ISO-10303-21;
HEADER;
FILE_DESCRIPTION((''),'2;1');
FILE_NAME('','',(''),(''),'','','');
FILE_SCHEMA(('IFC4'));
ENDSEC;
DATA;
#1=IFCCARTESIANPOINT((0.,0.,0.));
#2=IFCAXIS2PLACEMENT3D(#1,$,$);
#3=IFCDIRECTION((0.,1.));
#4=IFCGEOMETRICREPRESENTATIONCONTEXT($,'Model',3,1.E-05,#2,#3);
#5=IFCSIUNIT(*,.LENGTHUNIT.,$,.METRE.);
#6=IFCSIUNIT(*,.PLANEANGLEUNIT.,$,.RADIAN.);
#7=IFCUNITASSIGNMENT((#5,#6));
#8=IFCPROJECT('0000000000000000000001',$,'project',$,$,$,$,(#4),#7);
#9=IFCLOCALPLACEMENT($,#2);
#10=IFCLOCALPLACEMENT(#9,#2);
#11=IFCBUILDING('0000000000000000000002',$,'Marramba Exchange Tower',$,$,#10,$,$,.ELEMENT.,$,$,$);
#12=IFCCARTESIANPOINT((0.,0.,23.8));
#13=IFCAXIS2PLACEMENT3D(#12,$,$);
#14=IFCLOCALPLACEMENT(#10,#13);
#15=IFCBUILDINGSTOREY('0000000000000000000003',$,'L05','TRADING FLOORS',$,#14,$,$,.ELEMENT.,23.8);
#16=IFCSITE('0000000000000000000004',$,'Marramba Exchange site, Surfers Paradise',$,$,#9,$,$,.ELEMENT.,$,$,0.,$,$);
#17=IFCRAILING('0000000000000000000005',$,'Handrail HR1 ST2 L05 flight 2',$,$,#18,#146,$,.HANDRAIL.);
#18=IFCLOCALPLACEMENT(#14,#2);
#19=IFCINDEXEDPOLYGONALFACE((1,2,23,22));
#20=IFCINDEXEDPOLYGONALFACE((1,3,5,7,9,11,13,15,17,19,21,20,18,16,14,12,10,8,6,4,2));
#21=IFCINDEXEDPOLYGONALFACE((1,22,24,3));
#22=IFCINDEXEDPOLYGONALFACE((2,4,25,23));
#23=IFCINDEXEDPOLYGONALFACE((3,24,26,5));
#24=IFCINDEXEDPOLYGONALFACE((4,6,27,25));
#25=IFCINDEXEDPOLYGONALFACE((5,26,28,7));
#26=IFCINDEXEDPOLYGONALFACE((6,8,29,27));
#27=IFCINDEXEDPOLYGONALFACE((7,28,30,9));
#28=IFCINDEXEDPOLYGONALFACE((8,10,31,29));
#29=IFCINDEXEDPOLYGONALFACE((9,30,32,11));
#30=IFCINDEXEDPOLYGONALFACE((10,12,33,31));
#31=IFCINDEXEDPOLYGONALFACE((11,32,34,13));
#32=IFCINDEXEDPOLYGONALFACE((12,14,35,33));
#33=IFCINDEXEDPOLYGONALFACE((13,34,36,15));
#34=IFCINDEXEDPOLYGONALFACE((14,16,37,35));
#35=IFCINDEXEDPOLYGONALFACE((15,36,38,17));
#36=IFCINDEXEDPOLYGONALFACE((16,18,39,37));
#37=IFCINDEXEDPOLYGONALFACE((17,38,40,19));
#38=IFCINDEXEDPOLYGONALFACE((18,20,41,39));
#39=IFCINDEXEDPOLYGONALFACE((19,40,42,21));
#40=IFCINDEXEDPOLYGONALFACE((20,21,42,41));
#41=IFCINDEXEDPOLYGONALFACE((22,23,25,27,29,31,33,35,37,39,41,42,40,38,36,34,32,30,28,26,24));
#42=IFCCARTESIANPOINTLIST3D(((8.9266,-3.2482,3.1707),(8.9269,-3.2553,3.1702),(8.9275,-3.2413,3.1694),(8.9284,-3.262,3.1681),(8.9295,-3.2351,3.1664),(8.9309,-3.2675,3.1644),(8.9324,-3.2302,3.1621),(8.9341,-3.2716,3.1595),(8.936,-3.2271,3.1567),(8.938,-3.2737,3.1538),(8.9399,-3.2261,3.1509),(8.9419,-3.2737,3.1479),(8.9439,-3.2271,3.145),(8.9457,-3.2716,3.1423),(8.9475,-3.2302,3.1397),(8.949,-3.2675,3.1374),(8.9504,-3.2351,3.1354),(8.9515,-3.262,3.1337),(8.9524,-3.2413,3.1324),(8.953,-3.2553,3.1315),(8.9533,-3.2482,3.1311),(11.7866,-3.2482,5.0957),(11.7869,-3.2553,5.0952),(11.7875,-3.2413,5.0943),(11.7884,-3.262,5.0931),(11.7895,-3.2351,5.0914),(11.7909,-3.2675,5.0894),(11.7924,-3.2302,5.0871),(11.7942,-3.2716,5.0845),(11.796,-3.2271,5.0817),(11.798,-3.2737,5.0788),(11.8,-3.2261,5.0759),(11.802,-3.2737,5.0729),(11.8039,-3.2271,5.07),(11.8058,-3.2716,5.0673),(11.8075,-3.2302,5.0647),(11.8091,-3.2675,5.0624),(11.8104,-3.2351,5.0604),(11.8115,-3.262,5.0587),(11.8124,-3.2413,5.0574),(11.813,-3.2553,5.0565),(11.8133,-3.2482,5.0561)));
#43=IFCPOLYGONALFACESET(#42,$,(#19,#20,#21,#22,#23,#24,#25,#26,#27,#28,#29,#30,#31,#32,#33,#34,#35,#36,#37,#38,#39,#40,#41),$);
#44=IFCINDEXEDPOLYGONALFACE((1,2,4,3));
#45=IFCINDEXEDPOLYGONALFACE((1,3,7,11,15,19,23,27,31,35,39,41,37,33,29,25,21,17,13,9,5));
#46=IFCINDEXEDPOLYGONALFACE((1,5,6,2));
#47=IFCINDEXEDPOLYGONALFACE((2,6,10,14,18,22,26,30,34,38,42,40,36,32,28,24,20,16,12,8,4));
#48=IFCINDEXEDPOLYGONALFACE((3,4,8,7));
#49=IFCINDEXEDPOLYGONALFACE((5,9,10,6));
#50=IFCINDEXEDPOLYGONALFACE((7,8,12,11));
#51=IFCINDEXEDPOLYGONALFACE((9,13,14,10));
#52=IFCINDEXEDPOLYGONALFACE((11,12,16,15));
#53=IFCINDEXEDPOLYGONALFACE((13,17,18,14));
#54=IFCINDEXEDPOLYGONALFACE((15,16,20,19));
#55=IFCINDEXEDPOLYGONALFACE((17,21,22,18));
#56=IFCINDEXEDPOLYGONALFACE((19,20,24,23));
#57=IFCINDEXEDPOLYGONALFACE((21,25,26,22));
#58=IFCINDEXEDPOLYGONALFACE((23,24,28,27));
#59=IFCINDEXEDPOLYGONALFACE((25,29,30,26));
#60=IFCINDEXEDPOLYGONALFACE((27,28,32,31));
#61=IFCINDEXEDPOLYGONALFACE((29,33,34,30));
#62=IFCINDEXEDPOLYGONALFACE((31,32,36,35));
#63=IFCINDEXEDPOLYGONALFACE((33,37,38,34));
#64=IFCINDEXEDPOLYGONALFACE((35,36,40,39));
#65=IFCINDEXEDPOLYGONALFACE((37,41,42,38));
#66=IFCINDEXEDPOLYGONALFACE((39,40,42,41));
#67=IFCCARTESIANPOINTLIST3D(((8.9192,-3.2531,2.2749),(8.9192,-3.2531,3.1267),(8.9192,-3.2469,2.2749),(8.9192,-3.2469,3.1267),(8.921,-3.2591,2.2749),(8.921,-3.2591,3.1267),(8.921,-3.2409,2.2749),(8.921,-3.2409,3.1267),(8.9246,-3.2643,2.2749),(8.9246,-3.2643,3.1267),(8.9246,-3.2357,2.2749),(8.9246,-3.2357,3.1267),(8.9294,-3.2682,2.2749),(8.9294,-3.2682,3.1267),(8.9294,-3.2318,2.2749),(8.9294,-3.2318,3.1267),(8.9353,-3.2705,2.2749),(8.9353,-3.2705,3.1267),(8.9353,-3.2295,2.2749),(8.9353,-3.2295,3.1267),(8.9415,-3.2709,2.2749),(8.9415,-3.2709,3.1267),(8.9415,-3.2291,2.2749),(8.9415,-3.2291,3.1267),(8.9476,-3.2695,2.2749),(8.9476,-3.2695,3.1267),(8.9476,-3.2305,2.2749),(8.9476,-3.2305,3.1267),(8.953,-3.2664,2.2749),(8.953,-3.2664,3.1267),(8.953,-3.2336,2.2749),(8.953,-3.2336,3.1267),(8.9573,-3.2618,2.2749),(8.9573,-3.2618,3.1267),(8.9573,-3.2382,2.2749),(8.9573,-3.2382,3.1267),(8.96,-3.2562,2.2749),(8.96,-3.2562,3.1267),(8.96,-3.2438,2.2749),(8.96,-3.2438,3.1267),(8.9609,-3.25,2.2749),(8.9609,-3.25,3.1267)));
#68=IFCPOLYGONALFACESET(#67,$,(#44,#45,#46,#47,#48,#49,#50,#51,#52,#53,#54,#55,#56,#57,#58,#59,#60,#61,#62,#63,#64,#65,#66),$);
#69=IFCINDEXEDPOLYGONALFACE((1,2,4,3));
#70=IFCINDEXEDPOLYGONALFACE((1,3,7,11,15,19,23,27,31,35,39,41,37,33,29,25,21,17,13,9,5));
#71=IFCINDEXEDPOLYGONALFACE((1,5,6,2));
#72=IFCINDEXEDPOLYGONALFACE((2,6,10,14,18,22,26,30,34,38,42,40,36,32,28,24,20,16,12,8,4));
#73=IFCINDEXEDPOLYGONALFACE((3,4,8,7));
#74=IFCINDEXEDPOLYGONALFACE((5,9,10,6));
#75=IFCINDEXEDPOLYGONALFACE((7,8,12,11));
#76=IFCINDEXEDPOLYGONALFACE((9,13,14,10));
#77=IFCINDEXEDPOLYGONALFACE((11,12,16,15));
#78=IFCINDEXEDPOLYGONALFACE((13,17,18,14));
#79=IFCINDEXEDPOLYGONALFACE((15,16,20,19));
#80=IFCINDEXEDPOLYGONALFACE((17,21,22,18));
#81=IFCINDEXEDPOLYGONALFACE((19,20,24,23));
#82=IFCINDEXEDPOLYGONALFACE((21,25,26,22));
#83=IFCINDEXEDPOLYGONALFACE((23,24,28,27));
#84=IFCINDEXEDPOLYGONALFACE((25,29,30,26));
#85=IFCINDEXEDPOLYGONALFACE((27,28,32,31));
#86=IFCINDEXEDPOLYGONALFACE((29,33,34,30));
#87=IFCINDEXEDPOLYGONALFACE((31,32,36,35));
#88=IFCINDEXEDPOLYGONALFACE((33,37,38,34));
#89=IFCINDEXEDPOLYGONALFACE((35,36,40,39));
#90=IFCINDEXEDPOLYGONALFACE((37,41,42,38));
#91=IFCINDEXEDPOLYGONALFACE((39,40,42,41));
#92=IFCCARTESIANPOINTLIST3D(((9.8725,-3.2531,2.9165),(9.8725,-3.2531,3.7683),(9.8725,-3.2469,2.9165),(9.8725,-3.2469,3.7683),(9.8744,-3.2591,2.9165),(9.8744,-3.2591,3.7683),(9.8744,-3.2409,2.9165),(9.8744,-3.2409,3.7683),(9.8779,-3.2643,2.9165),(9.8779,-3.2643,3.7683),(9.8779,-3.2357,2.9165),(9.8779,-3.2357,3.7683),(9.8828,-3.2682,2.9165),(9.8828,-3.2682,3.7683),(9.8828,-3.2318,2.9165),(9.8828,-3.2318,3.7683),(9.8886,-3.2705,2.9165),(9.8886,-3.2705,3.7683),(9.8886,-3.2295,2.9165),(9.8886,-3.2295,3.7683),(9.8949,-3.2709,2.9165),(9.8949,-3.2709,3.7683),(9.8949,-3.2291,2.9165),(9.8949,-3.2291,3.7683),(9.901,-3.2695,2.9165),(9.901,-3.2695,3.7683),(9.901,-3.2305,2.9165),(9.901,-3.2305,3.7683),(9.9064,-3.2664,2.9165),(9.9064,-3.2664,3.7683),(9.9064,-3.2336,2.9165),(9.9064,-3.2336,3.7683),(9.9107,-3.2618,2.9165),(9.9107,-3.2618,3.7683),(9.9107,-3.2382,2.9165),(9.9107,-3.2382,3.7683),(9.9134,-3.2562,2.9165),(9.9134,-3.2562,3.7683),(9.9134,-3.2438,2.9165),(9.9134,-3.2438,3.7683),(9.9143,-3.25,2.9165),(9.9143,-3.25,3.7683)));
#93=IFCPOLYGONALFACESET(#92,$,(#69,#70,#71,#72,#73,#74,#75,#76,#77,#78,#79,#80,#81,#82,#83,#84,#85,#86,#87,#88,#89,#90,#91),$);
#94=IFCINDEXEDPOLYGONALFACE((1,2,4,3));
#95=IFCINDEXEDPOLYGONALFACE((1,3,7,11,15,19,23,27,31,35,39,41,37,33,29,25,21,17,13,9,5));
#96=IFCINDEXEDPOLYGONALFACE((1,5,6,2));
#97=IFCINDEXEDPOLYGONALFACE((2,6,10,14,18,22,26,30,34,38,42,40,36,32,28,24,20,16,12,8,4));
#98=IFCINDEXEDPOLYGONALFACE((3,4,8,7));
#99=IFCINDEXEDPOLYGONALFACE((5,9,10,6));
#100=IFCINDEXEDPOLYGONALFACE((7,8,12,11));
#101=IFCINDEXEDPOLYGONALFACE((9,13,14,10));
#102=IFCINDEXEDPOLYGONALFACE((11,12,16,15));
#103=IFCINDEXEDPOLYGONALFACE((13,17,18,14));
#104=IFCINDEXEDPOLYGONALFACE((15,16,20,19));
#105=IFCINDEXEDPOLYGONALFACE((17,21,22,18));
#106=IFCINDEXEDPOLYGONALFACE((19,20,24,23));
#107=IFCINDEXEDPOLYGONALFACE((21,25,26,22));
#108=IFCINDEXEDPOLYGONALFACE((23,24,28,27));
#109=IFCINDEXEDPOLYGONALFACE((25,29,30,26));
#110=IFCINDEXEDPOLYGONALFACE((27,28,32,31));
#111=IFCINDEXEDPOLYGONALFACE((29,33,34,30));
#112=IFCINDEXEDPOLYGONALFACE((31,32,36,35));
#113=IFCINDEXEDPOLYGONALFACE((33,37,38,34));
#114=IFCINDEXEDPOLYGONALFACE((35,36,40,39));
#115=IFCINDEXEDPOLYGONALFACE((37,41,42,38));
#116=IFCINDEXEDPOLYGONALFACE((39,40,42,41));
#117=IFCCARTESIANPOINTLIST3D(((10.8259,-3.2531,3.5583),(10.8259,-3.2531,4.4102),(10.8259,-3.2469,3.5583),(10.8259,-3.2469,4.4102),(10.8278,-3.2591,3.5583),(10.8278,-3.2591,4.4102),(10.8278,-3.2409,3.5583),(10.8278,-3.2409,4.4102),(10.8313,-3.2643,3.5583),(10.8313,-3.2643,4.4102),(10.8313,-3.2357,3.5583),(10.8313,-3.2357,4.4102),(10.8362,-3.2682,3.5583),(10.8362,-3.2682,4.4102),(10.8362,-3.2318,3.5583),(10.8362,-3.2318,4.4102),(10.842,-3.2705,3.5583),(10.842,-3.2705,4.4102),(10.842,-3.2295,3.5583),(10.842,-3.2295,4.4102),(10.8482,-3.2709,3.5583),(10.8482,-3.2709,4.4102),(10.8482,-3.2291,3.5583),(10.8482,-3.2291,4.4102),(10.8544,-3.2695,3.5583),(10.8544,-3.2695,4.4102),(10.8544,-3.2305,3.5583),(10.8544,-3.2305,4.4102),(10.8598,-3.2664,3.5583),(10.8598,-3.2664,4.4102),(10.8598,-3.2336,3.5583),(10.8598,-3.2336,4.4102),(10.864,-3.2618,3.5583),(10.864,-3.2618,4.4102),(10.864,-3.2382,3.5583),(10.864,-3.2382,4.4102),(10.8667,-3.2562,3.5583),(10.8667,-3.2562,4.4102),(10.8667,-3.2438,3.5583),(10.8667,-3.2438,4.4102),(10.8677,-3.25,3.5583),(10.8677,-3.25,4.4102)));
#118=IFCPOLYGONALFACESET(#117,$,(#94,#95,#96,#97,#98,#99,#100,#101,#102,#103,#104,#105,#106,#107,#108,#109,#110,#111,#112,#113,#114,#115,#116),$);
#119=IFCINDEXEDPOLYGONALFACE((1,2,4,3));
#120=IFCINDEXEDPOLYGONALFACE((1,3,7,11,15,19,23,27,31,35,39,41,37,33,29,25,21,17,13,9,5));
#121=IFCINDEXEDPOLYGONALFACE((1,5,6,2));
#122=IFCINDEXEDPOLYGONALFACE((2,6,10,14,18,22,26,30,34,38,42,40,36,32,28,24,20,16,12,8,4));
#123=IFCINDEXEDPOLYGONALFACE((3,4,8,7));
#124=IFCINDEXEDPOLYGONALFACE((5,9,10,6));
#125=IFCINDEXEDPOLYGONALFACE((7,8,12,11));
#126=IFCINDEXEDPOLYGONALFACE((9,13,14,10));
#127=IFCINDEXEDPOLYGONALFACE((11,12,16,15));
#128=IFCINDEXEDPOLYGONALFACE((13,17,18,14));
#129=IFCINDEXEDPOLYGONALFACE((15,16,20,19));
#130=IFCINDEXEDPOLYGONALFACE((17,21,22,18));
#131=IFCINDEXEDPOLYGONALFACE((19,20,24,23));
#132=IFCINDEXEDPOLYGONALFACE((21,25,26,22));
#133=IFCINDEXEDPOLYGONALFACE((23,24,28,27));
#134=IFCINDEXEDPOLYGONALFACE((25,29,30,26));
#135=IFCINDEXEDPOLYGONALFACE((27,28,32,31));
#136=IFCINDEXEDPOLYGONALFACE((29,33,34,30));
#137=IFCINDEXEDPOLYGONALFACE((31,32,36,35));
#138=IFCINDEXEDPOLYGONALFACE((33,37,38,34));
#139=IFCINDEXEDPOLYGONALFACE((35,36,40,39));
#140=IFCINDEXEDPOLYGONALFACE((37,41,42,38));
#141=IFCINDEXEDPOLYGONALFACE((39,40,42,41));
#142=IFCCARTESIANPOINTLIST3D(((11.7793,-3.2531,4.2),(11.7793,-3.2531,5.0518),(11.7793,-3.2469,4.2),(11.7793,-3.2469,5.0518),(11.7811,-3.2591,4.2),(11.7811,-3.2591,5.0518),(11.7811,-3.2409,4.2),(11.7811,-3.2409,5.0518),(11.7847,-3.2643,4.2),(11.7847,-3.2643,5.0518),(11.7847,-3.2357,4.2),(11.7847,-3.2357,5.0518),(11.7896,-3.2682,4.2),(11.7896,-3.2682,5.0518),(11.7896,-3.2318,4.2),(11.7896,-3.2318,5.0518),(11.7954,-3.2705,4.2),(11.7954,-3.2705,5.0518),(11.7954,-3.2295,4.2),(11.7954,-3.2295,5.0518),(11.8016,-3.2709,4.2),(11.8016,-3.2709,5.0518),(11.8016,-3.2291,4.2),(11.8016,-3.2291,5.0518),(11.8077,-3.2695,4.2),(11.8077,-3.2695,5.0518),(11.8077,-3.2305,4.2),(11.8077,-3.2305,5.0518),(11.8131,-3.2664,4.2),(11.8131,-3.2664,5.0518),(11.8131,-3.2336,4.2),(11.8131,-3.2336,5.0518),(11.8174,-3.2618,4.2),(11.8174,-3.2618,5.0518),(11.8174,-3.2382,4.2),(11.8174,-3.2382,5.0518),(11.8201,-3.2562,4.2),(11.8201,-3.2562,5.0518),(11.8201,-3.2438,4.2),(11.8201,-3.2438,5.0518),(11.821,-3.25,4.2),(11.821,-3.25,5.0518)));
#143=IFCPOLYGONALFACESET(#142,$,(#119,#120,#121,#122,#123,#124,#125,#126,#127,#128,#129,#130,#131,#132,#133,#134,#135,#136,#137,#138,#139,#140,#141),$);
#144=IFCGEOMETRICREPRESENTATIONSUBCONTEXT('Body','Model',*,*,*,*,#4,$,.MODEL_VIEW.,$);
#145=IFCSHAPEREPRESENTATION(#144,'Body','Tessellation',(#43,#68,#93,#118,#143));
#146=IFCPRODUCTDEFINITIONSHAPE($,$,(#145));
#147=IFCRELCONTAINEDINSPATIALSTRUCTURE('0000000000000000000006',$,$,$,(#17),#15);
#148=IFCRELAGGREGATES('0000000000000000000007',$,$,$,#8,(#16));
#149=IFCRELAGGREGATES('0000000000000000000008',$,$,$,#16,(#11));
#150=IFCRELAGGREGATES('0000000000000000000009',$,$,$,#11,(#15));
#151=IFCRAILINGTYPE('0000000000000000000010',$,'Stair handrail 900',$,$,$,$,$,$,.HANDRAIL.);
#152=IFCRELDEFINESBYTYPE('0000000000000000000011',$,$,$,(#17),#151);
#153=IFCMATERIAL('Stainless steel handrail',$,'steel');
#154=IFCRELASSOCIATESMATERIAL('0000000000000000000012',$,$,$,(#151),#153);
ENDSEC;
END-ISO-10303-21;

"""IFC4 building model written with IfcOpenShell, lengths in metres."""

from ifc_helpers import new_model, si_unit, direction, frame, origin, origin_2d, place, context, subcontext, project, spatial, circle, extrude, material, type_object, element, save


model = new_model("IFC4")

# Units and contexts
model_context = context("Model", 3, precision=1e-05, world=origin(), true_north=direction((0.0, 1.0)))
body_context = subcontext(model_context, "Body", "Model", "MODEL_VIEW")
ifc_project = project(units=[si_unit("LENGTHUNIT", "METRE"), si_unit("PLANEANGLEUNIT", "RADIAN")], contexts=[model_context])

# Site, building, storey
site_placement = place(None, origin())
site = spatial("IfcSite", under=ifc_project, at=site_placement, Name="Marramba Exchange site, Surfers Paradise", CompositionType="ELEMENT", RefElevation=0.0)
building_placement = place(site_placement, origin())
building = spatial("IfcBuilding", under=site, at=building_placement, Name="Marramba Exchange Tower", CompositionType="ELEMENT")
storey_placement = place(building_placement, frame((0.0, 0.0, 23.8)))
storey = spatial("IfcBuildingStorey", under=building, at=storey_placement, Name="L05", Description="TRADING FLOORS", CompositionType="ELEMENT", Elevation=23.8)

# Railing
ifc_material_1 = material(Name="Stainless steel handrail", Category="steel")
railing_type = type_object("IfcRailingType", Name="Stair handrail 900", PredefinedType="HANDRAIL", material=ifc_material_1)
railing_placement = place(storey_placement, frame((8.9399, -3.25, 2.2749)))
element("IfcRailing", 1, at=railing_placement, inside=storey, type_object=railing_type, Name="Handrail HR1 ST2 L05 flight 2", PredefinedType="HANDRAIL", context=body_context, shape_type="SweptSolid", body=[
    extrude(circle(Radius=0.0239, at=origin_2d()), frame((0.0, 0.0, 0.876), z_axis=(0.829591, 0.0, 0.558372), x_axis=(0.0, 1.0, 0.0)), (0.0, 0.0, 1.0), 3.4475),
    extrude(circle(Radius=0.021, at=origin_2d()), origin(), (0.0, 0.0, 1.0), 0.8518),
    extrude(circle(Radius=0.021, at=origin_2d()), frame((0.9534, 0.0, 0.6416)), (0.0, 0.0, 1.0), 0.8518),
    extrude(circle(Radius=0.021, at=origin_2d()), frame((1.9067, 0.0, 1.2834)), (0.0, 0.0, 1.0), 0.8518),
    extrude(circle(Radius=0.021, at=origin_2d()), frame((2.8601, 0.0, 1.925)), (0.0, 0.0, 1.0), 0.8518),
])

save(model, "model.ifc")
